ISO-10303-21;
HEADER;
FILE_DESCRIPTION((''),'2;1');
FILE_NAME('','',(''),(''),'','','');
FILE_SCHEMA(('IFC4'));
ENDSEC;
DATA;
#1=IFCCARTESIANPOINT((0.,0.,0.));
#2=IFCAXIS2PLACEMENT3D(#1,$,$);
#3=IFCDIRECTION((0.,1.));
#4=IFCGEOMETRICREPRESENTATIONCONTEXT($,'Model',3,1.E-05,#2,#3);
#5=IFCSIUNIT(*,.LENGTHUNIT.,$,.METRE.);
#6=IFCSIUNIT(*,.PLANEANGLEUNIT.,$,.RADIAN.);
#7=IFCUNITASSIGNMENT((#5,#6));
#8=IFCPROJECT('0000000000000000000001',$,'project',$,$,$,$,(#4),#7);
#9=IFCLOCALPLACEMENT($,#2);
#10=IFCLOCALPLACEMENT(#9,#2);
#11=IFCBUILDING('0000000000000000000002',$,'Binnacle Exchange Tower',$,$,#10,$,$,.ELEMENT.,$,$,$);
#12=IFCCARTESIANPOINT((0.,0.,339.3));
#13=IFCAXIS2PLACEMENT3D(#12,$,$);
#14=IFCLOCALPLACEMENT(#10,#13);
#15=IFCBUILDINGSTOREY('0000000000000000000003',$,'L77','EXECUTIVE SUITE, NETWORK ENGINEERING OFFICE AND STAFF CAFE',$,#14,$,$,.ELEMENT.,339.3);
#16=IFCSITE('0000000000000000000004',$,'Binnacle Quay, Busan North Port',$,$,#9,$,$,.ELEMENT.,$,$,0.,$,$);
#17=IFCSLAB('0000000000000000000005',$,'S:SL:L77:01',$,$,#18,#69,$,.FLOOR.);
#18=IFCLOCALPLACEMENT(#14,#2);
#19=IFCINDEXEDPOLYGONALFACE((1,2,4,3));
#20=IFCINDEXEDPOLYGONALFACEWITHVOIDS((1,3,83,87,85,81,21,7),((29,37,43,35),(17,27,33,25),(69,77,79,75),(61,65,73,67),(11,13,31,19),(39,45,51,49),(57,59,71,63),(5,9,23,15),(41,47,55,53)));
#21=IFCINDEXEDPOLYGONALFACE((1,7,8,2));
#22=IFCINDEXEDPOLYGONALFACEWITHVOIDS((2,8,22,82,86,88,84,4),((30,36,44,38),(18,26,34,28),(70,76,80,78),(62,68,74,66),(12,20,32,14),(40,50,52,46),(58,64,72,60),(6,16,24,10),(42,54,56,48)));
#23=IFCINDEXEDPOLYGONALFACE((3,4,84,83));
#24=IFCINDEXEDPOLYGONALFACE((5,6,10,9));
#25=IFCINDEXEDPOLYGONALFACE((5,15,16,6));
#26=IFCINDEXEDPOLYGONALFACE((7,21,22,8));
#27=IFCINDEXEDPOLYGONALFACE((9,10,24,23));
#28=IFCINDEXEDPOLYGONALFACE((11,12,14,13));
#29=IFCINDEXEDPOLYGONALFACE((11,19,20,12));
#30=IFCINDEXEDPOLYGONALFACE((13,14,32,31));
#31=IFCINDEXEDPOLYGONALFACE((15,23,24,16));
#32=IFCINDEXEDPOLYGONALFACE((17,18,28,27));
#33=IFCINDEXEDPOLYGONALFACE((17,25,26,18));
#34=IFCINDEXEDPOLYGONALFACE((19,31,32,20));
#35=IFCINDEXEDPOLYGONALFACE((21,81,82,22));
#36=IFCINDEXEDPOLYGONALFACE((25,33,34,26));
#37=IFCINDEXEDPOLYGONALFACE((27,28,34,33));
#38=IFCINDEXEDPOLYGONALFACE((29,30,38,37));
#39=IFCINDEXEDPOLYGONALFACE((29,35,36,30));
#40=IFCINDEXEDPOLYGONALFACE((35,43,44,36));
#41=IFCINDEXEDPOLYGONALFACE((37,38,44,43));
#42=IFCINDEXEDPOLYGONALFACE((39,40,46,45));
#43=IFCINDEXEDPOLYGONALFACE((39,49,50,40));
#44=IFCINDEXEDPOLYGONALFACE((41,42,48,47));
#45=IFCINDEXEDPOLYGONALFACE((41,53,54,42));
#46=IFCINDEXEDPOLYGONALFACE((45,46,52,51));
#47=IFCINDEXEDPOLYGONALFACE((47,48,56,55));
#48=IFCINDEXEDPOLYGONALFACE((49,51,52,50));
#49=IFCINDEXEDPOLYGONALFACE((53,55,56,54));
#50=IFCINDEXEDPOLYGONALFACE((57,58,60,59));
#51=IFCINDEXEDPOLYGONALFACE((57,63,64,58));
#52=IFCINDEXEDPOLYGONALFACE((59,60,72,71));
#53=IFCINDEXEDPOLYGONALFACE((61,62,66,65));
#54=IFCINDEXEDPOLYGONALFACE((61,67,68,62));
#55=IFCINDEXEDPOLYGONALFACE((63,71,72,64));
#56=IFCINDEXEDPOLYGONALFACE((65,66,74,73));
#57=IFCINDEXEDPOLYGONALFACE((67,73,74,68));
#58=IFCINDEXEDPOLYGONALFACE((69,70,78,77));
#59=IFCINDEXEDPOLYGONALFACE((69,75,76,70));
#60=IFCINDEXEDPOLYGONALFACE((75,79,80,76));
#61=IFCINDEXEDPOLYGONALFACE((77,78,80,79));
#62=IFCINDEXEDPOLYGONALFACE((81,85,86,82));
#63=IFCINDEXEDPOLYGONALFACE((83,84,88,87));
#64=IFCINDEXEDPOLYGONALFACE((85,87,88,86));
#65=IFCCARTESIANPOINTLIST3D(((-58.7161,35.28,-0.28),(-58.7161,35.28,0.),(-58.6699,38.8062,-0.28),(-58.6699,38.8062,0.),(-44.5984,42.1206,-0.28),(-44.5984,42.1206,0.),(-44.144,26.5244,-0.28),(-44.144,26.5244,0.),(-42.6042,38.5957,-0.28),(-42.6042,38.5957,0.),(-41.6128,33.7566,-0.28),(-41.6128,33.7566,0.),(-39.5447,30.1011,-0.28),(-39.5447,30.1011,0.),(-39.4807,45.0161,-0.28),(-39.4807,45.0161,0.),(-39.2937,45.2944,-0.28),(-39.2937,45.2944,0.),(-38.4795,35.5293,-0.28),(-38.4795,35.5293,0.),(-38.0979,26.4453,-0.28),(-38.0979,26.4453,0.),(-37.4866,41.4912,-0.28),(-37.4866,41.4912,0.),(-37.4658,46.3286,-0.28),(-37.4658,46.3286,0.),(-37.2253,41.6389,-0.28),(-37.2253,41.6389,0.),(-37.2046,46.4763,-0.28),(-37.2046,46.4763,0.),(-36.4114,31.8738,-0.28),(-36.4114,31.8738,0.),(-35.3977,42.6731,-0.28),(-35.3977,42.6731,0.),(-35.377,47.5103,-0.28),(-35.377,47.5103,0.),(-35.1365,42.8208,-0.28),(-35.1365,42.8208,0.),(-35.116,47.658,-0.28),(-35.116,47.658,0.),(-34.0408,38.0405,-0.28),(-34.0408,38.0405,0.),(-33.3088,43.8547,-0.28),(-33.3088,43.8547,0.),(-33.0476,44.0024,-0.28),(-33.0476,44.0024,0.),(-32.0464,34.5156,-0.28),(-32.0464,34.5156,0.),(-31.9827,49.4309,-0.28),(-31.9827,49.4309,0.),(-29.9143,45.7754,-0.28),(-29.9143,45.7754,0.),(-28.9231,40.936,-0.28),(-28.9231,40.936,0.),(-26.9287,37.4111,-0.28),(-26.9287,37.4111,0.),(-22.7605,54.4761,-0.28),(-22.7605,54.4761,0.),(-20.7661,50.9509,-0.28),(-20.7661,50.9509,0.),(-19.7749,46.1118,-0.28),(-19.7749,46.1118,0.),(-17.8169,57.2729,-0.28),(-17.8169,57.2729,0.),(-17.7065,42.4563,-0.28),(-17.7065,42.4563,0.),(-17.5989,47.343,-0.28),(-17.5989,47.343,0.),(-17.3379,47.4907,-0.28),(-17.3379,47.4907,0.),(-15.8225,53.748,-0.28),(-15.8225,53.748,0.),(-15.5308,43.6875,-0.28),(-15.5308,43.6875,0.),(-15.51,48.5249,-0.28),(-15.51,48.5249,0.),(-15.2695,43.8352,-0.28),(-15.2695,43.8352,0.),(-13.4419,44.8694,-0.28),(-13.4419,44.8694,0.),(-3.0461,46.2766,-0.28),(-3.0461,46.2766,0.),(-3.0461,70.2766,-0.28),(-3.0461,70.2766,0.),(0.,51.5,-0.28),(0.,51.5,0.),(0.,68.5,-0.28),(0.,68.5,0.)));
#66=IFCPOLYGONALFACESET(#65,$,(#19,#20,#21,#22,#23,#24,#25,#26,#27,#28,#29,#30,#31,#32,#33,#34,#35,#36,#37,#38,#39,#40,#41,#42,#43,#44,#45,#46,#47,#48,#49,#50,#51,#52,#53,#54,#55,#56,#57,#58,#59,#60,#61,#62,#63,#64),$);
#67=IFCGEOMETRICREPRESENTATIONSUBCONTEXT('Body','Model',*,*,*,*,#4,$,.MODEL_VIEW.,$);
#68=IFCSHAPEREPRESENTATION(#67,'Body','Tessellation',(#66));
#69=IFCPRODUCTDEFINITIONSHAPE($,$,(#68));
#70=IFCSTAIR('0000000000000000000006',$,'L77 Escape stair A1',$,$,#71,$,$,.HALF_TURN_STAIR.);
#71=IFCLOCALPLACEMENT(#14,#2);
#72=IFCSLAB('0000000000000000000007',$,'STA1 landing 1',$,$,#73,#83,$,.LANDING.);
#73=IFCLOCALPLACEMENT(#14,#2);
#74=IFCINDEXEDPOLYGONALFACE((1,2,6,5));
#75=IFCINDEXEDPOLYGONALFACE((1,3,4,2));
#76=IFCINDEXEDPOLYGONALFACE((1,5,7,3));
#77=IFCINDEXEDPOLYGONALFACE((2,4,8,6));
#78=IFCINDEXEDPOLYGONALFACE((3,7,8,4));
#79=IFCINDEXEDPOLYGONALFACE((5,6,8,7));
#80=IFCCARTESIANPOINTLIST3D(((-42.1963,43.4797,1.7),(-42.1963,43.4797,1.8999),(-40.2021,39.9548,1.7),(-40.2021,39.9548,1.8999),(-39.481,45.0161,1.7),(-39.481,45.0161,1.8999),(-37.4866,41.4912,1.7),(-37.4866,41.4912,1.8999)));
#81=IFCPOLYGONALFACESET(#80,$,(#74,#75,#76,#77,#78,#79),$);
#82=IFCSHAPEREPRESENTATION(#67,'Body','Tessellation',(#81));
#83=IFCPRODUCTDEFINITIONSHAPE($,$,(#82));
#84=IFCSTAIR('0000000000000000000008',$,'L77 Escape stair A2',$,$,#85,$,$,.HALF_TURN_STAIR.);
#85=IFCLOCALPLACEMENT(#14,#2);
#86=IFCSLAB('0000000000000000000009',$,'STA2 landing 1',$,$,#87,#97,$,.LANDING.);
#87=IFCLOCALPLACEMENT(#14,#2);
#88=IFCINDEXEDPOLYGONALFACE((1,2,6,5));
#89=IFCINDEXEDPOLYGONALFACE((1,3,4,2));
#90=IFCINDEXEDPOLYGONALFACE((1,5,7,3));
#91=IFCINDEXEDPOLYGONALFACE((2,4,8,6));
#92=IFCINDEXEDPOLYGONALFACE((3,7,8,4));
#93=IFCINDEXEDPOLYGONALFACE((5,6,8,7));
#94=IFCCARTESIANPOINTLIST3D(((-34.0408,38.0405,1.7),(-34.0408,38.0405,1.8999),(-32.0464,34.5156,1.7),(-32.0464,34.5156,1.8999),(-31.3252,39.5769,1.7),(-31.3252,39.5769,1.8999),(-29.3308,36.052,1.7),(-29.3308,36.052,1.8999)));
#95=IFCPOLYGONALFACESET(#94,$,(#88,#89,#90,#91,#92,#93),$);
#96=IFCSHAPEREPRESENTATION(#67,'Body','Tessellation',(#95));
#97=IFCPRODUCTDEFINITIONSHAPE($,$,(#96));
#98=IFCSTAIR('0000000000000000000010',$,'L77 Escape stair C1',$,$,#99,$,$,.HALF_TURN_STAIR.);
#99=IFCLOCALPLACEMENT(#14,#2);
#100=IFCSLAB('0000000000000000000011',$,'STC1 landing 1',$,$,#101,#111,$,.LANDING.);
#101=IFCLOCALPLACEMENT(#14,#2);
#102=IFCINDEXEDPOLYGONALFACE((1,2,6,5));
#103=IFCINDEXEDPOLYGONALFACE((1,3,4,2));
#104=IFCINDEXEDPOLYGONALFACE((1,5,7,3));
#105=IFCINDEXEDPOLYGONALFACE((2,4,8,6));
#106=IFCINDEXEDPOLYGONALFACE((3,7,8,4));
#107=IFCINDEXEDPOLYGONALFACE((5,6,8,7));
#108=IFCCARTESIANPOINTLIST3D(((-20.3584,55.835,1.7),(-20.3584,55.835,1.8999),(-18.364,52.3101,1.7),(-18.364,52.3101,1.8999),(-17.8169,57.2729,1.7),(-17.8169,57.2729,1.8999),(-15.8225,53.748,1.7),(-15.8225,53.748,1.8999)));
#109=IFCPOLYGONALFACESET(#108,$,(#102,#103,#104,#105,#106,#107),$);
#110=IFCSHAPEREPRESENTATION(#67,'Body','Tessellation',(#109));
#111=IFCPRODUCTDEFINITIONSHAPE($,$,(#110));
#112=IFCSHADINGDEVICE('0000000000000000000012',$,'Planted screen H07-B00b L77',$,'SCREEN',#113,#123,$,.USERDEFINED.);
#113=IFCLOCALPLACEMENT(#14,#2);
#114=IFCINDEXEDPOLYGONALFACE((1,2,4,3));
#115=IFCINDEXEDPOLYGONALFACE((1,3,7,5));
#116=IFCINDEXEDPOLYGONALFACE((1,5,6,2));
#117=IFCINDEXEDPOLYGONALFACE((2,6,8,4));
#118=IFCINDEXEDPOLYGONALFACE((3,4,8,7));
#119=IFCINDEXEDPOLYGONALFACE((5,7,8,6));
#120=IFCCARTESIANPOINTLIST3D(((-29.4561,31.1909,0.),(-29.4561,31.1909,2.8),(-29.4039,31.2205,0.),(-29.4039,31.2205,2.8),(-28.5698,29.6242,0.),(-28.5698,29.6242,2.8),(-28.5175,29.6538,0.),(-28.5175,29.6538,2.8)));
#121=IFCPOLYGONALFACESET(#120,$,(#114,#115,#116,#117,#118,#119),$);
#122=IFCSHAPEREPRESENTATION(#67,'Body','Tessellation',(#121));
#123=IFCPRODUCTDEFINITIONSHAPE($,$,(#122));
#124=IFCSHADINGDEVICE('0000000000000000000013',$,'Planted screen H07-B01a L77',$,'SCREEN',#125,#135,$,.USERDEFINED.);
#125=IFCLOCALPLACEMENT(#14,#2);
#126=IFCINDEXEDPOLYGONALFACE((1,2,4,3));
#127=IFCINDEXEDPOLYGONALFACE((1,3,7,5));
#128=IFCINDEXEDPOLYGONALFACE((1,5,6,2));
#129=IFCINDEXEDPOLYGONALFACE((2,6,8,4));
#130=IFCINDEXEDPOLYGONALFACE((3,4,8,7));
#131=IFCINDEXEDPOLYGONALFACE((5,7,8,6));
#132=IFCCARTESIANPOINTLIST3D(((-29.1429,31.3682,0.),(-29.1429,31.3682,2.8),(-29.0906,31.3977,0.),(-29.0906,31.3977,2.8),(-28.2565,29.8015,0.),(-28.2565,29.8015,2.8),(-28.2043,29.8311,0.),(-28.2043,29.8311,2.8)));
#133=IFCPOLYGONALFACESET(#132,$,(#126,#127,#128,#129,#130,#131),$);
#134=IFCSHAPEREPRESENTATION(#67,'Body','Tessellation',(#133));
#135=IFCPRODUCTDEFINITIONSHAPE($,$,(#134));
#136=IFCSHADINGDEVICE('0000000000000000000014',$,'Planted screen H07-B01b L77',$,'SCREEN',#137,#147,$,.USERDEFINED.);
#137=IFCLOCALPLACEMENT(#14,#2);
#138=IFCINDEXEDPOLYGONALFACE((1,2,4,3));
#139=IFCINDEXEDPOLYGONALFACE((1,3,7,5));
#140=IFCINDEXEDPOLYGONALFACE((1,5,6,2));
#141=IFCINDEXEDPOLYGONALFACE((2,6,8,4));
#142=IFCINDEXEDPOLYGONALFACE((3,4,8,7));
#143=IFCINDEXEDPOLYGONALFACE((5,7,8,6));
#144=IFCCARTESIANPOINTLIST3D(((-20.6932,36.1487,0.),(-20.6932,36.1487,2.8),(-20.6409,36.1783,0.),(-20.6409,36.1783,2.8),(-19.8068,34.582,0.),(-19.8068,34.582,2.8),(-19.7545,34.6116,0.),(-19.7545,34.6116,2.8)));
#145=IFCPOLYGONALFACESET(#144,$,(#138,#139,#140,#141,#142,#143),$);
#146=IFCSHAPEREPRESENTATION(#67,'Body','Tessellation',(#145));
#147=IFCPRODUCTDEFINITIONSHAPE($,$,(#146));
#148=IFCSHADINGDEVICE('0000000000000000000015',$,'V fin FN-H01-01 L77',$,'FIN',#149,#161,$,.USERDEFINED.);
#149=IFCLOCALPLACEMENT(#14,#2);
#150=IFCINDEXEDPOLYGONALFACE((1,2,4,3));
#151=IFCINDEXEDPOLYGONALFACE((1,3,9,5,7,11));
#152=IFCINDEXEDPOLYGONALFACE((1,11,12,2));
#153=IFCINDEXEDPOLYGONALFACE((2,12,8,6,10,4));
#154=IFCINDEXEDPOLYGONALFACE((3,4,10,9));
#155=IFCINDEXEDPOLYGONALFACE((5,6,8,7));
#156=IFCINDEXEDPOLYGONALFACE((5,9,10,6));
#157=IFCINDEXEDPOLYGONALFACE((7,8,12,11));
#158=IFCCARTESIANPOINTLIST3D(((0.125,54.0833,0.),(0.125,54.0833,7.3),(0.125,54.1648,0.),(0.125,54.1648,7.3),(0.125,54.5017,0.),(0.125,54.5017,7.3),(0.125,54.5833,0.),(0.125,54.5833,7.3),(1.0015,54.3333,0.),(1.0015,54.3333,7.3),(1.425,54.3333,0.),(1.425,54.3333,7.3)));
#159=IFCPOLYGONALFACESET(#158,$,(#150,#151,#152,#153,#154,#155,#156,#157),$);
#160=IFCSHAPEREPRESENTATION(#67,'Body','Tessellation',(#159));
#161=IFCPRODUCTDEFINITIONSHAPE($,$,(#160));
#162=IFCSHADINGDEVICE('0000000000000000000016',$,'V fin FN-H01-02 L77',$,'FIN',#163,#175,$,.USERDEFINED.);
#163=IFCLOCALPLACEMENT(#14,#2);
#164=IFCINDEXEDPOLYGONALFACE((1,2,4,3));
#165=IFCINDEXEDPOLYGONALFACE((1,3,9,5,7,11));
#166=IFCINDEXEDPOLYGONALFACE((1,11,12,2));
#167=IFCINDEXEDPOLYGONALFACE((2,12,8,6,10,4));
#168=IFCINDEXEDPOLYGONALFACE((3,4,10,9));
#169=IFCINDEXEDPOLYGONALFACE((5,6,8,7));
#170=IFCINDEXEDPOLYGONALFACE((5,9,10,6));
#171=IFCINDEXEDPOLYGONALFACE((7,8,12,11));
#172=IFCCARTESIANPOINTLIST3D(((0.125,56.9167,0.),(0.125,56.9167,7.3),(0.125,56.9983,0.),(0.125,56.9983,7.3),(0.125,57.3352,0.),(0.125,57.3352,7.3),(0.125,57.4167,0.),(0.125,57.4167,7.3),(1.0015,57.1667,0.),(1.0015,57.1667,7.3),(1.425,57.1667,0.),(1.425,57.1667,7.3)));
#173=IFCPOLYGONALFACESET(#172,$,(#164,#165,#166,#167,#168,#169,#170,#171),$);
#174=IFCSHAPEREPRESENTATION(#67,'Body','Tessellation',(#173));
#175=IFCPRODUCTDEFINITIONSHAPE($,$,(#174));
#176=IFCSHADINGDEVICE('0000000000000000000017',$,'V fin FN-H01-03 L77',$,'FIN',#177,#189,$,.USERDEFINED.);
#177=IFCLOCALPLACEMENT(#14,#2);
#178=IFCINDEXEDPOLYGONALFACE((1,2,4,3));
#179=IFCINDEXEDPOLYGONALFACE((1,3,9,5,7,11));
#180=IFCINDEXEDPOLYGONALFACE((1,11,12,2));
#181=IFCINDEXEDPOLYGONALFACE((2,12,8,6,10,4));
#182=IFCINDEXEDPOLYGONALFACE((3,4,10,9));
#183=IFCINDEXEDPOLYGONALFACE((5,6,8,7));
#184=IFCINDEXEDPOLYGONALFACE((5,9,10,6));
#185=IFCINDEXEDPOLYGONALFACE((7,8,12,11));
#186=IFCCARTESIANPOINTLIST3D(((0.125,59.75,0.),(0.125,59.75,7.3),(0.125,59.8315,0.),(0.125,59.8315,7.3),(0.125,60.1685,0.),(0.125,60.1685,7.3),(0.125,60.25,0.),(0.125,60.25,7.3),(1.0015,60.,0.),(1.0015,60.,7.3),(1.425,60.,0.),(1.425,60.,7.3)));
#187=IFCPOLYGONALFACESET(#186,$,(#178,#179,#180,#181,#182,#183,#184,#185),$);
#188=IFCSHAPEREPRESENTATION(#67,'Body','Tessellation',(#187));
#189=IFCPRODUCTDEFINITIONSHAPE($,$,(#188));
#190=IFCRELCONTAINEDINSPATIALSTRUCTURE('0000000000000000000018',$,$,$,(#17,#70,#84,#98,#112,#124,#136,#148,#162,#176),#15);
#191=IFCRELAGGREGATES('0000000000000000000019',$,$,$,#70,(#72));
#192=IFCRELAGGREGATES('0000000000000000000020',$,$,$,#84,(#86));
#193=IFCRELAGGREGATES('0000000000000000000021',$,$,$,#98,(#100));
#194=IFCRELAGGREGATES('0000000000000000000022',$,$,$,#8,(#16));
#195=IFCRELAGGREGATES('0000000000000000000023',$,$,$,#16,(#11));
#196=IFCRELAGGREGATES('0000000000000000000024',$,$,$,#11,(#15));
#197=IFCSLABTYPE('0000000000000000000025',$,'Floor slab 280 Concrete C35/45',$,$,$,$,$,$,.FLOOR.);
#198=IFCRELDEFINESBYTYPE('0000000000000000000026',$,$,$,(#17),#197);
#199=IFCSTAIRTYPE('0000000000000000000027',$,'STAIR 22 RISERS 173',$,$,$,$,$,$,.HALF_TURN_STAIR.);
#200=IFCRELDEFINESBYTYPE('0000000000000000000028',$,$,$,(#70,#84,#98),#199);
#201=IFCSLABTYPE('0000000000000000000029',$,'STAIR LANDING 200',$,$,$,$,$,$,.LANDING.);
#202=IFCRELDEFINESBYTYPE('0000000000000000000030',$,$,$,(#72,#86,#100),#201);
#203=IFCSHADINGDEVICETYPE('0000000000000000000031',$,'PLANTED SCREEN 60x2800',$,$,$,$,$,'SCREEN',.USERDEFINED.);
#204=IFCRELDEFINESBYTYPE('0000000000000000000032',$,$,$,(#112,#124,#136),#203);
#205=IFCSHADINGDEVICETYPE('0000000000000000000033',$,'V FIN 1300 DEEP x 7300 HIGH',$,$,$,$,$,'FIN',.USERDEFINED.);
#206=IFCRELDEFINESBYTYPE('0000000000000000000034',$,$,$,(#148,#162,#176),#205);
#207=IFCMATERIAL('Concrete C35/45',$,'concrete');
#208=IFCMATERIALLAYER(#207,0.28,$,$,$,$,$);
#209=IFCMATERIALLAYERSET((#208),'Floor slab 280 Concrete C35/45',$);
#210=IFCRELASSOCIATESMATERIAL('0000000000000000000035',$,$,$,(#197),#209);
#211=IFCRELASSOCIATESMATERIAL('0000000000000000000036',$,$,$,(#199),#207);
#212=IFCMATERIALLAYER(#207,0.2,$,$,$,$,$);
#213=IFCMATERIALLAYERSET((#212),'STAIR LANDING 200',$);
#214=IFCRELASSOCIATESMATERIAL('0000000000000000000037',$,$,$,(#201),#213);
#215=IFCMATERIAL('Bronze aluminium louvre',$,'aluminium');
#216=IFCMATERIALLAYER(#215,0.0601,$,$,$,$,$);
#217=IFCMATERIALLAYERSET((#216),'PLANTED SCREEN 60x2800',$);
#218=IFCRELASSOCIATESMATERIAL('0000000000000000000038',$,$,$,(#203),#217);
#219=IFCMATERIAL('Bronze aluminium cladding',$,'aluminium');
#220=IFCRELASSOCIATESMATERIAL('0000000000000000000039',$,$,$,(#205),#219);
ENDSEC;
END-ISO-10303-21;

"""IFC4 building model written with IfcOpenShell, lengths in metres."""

from ifc_helpers import new_model, si_unit, direction, frame, origin, origin_2d, place, context, subcontext, project, spatial, polyline, rectangle, outline, extrude, material, layer, layer_set, type_object, element, aggregate, save


model = new_model("IFC4")

# Units and contexts
model_context = context("Model", 3, precision=1e-05, world=origin(), true_north=direction((0.0, 1.0)))
body_context = subcontext(model_context, "Body", "Model", "MODEL_VIEW")
ifc_project = project(units=[si_unit("LENGTHUNIT", "METRE"), si_unit("PLANEANGLEUNIT", "RADIAN")], contexts=[model_context])

# Site, building, storey
site_placement = place(None, origin())
site = spatial("IfcSite", under=ifc_project, at=site_placement, Name="Binnacle Quay, Busan North Port", CompositionType="ELEMENT", RefElevation=0.0)
building_placement = place(site_placement, origin())
building = spatial("IfcBuilding", under=site, at=building_placement, Name="Binnacle Exchange Tower", CompositionType="ELEMENT")
storey_placement = place(building_placement, frame((0.0, 0.0, 339.3)))
storey = spatial("IfcBuildingStorey", under=building, at=storey_placement, Name="L77", Description="EXECUTIVE SUITE, NETWORK ENGINEERING OFFICE AND STAFF CAFE", CompositionType="ELEMENT", Elevation=339.3)

# Slab
ifc_material_1 = material(Name="Concrete C35/45", Category="concrete")
ifc_layer_1 = layer(ifc_material_1, 0.28)
ifc_layer_set_1 = layer_set([ifc_layer_1], Name="Floor slab 280 Concrete C35/45")
slab_type_1 = type_object("IfcSlabType", Name="Floor slab 280 Concrete C35/45", PredefinedType="FLOOR", material=ifc_layer_set_1)
slab_1_placement = place(storey_placement, frame((0.0, 0.0, -0.28)))
element("IfcSlab", 1, at=slab_1_placement, inside=storey, type_object=slab_type_1, Name="S:SL:L77:01", PredefinedType="FLOOR", context=body_context, shape_type="SweptSolid", body=[
    extrude(outline(polyline([(-38.0979, 26.4453), (-44.144, 26.5244), (-58.7161, 35.28), (-58.6699, 38.8062), (-3.0461, 70.2766), (0.0, 68.5), (0.0, 51.5), (-3.0461, 46.2766), (-38.0979, 26.4453)]), holes=[polyline([(-38.4795, 35.5293), (-41.6128, 33.7566), (-39.5447, 30.1011), (-36.4114, 31.8738), (-38.4795, 35.5293)]), polyline([(-32.0464, 34.5156), (-26.9287, 37.4111), (-28.9231, 40.936), (-34.0408, 38.0405), (-32.0464, 34.5156)]), polyline([(-39.4807, 45.0161), (-44.5984, 42.1206), (-42.6042, 38.5957), (-37.4866, 41.4912), (-39.4807, 45.0161)]), polyline([(-37.4658, 46.3286), (-39.2937, 45.2944), (-37.2253, 41.6389), (-35.3977, 42.6731), (-37.4658, 46.3286)]), polyline([(-17.5989, 47.343), (-19.7749, 46.1118), (-17.7065, 42.4563), (-15.5308, 43.6875), (-17.5989, 47.343)]), polyline([(-35.377, 47.5103), (-37.2046, 46.4763), (-35.1365, 42.8208), (-33.3088, 43.8547), (-35.377, 47.5103)]), polyline([(-15.51, 48.5249), (-17.3379, 47.4907), (-15.2695, 43.8352), (-13.4419, 44.8694), (-15.51, 48.5249)]), polyline([(-29.9143, 45.7754), (-31.9827, 49.4309), (-35.116, 47.658), (-33.0476, 44.0024), (-29.9143, 45.7754)]), polyline([(-15.8225, 53.748), (-17.8169, 57.2729), (-22.7605, 54.4761), (-20.7661, 50.9509), (-15.8225, 53.748)])]), origin(), (0.0, 0.0, 1.0), 0.28),
])

# Stairs, slabs
stair_type = type_object("IfcStairType", Name="STAIR 22 RISERS 173", PredefinedType="HALF_TURN_STAIR", material=ifc_material_1)
stair_1_placement = place(storey_placement, origin())
stair_1 = element("IfcStair", 2, at=stair_1_placement, inside=storey, type_object=stair_type, Name="L77 Escape stair A1", PredefinedType="HALF_TURN_STAIR")
ifc_layer_2 = layer(ifc_material_1, 0.2)
ifc_layer_set_2 = layer_set([ifc_layer_2], Name="STAIR LANDING 200")
slab_type_2 = type_object("IfcSlabType", Name="STAIR LANDING 200", PredefinedType="LANDING", material=ifc_layer_set_2)
slab_2_placement = place(storey_placement, frame((0.0, 0.0, 1.7)))
slab_2 = element("IfcSlab", 3, at=slab_2_placement, type_object=slab_type_2, Name="STA1 landing 1", PredefinedType="LANDING", context=body_context, shape_type="SweptSolid", body=[
    extrude(outline(polyline([(-40.2021, 39.9548), (-37.4866, 41.4912), (-39.481, 45.0161), (-42.1963, 43.4797), (-40.2021, 39.9548)])), origin(), (0.0, 0.0, 1.0), 0.2),
])
aggregate(stair_1, [slab_2])
stair_2_placement = place(storey_placement, origin())
stair_2 = element("IfcStair", 4, at=stair_2_placement, inside=storey, type_object=stair_type, Name="L77 Escape stair A2", PredefinedType="HALF_TURN_STAIR")
slab_3_placement = place(storey_placement, frame((0.0, 0.0, 1.7)))
slab_3 = element("IfcSlab", 5, at=slab_3_placement, type_object=slab_type_2, Name="STA2 landing 1", PredefinedType="LANDING", context=body_context, shape_type="SweptSolid", body=[
    extrude(outline(polyline([(-31.3252, 39.5769), (-34.0408, 38.0405), (-32.0464, 34.5156), (-29.3308, 36.052), (-31.3252, 39.5769)])), origin(), (0.0, 0.0, 1.0), 0.2),
])
aggregate(stair_2, [slab_3])
stair_3_placement = place(storey_placement, origin())
stair_3 = element("IfcStair", 6, at=stair_3_placement, inside=storey, type_object=stair_type, Name="L77 Escape stair C1", PredefinedType="HALF_TURN_STAIR")
slab_4_placement = place(storey_placement, frame((0.0, 0.0, 1.7)))
slab_4 = element("IfcSlab", 7, at=slab_4_placement, type_object=slab_type_2, Name="STC1 landing 1", PredefinedType="LANDING", context=body_context, shape_type="SweptSolid", body=[
    extrude(outline(polyline([(-18.364, 52.3101), (-15.8225, 53.748), (-17.8169, 57.2729), (-20.3584, 55.835), (-18.364, 52.3101)])), origin(), (0.0, 0.0, 1.0), 0.2),
])
aggregate(stair_3, [slab_4])

# Shading devices
ifc_material_2 = material(Name="Bronze aluminium louvre", Category="aluminium")
ifc_layer_3 = layer(ifc_material_2, 0.0601)
ifc_layer_set_3 = layer_set([ifc_layer_3], Name="PLANTED SCREEN 60x2800")
shading_device_type_1 = type_object("IfcShadingDeviceType", Name="PLANTED SCREEN 60x2800", ElementType="SCREEN", PredefinedType="USERDEFINED", material=ifc_layer_set_3)
for number, where, z_axis, x_axis, name in (
    (8, (-28.9868, 30.4224, 0.0), (0.0, 0.0, 1.0), (0.870356, 0.492424, 0.0), "Planted screen H07-B00b L77"),
    (9, (-28.6736, 30.5996, 0.0), (0.0, 0.0, 1.0), (0.870356, 0.492424, 0.0), "Planted screen H07-B01a L77"),
    (10, (-20.2239, 35.3801, 0.0), (0.0, 0.0, 1.0), (0.870356, 0.492424, 0.0), "Planted screen H07-B01b L77"),
):
    element("IfcShadingDevice", number, at=place(storey_placement, frame(where, z_axis=z_axis, x_axis=x_axis)), inside=storey, type_object=shading_device_type_1, Name=name, ObjectType="SCREEN", PredefinedType="USERDEFINED", context=body_context, shape_type="SweptSolid", body=[
        extrude(rectangle(XDim=0.0601, YDim=1.8, at=origin_2d()), origin(), (0.0, 0.0, 1.0), 2.8),
    ])
ifc_material_3 = material(Name="Bronze aluminium cladding", Category="aluminium")
shading_device_type_2 = type_object("IfcShadingDeviceType", Name="V FIN 1300 DEEP x 7300 HIGH", ElementType="FIN", PredefinedType="USERDEFINED", material=ifc_material_3)
shading_device_1_placement = place(storey_placement, origin())
element("IfcShadingDevice", 11, at=shading_device_1_placement, inside=storey, type_object=shading_device_type_2, Name="V fin FN-H01-01 L77", ObjectType="FIN", PredefinedType="USERDEFINED", context=body_context, shape_type="SweptSolid", body=[
    extrude(outline(polyline([(0.125, 54.0833), (1.425, 54.3333), (0.125, 54.5833), (0.125, 54.5017), (1.0015, 54.3333), (0.125, 54.1648), (0.125, 54.0833)])), origin(), (0.0, 0.0, 1.0), 7.3),
])
shading_device_2_placement = place(storey_placement, origin())
element("IfcShadingDevice", 12, at=shading_device_2_placement, inside=storey, type_object=shading_device_type_2, Name="V fin FN-H01-02 L77", ObjectType="FIN", PredefinedType="USERDEFINED", context=body_context, shape_type="SweptSolid", body=[
    extrude(outline(polyline([(0.125, 56.9167), (1.425, 57.1667), (0.125, 57.4167), (0.125, 57.3352), (1.0015, 57.1667), (0.125, 56.9983), (0.125, 56.9167)])), origin(), (0.0, 0.0, 1.0), 7.3),
])
shading_device_3_placement = place(storey_placement, origin())
element("IfcShadingDevice", 13, at=shading_device_3_placement, inside=storey, type_object=shading_device_type_2, Name="V fin FN-H01-03 L77", ObjectType="FIN", PredefinedType="USERDEFINED", context=body_context, shape_type="SweptSolid", body=[
    extrude(outline(polyline([(0.125, 59.75), (1.425, 60.0), (0.125, 60.25), (0.125, 60.1685), (1.0015, 60.0), (0.125, 59.8315), (0.125, 59.75)])), origin(), (0.0, 0.0, 1.0), 7.3),
])

save(model, "model.ifc")
